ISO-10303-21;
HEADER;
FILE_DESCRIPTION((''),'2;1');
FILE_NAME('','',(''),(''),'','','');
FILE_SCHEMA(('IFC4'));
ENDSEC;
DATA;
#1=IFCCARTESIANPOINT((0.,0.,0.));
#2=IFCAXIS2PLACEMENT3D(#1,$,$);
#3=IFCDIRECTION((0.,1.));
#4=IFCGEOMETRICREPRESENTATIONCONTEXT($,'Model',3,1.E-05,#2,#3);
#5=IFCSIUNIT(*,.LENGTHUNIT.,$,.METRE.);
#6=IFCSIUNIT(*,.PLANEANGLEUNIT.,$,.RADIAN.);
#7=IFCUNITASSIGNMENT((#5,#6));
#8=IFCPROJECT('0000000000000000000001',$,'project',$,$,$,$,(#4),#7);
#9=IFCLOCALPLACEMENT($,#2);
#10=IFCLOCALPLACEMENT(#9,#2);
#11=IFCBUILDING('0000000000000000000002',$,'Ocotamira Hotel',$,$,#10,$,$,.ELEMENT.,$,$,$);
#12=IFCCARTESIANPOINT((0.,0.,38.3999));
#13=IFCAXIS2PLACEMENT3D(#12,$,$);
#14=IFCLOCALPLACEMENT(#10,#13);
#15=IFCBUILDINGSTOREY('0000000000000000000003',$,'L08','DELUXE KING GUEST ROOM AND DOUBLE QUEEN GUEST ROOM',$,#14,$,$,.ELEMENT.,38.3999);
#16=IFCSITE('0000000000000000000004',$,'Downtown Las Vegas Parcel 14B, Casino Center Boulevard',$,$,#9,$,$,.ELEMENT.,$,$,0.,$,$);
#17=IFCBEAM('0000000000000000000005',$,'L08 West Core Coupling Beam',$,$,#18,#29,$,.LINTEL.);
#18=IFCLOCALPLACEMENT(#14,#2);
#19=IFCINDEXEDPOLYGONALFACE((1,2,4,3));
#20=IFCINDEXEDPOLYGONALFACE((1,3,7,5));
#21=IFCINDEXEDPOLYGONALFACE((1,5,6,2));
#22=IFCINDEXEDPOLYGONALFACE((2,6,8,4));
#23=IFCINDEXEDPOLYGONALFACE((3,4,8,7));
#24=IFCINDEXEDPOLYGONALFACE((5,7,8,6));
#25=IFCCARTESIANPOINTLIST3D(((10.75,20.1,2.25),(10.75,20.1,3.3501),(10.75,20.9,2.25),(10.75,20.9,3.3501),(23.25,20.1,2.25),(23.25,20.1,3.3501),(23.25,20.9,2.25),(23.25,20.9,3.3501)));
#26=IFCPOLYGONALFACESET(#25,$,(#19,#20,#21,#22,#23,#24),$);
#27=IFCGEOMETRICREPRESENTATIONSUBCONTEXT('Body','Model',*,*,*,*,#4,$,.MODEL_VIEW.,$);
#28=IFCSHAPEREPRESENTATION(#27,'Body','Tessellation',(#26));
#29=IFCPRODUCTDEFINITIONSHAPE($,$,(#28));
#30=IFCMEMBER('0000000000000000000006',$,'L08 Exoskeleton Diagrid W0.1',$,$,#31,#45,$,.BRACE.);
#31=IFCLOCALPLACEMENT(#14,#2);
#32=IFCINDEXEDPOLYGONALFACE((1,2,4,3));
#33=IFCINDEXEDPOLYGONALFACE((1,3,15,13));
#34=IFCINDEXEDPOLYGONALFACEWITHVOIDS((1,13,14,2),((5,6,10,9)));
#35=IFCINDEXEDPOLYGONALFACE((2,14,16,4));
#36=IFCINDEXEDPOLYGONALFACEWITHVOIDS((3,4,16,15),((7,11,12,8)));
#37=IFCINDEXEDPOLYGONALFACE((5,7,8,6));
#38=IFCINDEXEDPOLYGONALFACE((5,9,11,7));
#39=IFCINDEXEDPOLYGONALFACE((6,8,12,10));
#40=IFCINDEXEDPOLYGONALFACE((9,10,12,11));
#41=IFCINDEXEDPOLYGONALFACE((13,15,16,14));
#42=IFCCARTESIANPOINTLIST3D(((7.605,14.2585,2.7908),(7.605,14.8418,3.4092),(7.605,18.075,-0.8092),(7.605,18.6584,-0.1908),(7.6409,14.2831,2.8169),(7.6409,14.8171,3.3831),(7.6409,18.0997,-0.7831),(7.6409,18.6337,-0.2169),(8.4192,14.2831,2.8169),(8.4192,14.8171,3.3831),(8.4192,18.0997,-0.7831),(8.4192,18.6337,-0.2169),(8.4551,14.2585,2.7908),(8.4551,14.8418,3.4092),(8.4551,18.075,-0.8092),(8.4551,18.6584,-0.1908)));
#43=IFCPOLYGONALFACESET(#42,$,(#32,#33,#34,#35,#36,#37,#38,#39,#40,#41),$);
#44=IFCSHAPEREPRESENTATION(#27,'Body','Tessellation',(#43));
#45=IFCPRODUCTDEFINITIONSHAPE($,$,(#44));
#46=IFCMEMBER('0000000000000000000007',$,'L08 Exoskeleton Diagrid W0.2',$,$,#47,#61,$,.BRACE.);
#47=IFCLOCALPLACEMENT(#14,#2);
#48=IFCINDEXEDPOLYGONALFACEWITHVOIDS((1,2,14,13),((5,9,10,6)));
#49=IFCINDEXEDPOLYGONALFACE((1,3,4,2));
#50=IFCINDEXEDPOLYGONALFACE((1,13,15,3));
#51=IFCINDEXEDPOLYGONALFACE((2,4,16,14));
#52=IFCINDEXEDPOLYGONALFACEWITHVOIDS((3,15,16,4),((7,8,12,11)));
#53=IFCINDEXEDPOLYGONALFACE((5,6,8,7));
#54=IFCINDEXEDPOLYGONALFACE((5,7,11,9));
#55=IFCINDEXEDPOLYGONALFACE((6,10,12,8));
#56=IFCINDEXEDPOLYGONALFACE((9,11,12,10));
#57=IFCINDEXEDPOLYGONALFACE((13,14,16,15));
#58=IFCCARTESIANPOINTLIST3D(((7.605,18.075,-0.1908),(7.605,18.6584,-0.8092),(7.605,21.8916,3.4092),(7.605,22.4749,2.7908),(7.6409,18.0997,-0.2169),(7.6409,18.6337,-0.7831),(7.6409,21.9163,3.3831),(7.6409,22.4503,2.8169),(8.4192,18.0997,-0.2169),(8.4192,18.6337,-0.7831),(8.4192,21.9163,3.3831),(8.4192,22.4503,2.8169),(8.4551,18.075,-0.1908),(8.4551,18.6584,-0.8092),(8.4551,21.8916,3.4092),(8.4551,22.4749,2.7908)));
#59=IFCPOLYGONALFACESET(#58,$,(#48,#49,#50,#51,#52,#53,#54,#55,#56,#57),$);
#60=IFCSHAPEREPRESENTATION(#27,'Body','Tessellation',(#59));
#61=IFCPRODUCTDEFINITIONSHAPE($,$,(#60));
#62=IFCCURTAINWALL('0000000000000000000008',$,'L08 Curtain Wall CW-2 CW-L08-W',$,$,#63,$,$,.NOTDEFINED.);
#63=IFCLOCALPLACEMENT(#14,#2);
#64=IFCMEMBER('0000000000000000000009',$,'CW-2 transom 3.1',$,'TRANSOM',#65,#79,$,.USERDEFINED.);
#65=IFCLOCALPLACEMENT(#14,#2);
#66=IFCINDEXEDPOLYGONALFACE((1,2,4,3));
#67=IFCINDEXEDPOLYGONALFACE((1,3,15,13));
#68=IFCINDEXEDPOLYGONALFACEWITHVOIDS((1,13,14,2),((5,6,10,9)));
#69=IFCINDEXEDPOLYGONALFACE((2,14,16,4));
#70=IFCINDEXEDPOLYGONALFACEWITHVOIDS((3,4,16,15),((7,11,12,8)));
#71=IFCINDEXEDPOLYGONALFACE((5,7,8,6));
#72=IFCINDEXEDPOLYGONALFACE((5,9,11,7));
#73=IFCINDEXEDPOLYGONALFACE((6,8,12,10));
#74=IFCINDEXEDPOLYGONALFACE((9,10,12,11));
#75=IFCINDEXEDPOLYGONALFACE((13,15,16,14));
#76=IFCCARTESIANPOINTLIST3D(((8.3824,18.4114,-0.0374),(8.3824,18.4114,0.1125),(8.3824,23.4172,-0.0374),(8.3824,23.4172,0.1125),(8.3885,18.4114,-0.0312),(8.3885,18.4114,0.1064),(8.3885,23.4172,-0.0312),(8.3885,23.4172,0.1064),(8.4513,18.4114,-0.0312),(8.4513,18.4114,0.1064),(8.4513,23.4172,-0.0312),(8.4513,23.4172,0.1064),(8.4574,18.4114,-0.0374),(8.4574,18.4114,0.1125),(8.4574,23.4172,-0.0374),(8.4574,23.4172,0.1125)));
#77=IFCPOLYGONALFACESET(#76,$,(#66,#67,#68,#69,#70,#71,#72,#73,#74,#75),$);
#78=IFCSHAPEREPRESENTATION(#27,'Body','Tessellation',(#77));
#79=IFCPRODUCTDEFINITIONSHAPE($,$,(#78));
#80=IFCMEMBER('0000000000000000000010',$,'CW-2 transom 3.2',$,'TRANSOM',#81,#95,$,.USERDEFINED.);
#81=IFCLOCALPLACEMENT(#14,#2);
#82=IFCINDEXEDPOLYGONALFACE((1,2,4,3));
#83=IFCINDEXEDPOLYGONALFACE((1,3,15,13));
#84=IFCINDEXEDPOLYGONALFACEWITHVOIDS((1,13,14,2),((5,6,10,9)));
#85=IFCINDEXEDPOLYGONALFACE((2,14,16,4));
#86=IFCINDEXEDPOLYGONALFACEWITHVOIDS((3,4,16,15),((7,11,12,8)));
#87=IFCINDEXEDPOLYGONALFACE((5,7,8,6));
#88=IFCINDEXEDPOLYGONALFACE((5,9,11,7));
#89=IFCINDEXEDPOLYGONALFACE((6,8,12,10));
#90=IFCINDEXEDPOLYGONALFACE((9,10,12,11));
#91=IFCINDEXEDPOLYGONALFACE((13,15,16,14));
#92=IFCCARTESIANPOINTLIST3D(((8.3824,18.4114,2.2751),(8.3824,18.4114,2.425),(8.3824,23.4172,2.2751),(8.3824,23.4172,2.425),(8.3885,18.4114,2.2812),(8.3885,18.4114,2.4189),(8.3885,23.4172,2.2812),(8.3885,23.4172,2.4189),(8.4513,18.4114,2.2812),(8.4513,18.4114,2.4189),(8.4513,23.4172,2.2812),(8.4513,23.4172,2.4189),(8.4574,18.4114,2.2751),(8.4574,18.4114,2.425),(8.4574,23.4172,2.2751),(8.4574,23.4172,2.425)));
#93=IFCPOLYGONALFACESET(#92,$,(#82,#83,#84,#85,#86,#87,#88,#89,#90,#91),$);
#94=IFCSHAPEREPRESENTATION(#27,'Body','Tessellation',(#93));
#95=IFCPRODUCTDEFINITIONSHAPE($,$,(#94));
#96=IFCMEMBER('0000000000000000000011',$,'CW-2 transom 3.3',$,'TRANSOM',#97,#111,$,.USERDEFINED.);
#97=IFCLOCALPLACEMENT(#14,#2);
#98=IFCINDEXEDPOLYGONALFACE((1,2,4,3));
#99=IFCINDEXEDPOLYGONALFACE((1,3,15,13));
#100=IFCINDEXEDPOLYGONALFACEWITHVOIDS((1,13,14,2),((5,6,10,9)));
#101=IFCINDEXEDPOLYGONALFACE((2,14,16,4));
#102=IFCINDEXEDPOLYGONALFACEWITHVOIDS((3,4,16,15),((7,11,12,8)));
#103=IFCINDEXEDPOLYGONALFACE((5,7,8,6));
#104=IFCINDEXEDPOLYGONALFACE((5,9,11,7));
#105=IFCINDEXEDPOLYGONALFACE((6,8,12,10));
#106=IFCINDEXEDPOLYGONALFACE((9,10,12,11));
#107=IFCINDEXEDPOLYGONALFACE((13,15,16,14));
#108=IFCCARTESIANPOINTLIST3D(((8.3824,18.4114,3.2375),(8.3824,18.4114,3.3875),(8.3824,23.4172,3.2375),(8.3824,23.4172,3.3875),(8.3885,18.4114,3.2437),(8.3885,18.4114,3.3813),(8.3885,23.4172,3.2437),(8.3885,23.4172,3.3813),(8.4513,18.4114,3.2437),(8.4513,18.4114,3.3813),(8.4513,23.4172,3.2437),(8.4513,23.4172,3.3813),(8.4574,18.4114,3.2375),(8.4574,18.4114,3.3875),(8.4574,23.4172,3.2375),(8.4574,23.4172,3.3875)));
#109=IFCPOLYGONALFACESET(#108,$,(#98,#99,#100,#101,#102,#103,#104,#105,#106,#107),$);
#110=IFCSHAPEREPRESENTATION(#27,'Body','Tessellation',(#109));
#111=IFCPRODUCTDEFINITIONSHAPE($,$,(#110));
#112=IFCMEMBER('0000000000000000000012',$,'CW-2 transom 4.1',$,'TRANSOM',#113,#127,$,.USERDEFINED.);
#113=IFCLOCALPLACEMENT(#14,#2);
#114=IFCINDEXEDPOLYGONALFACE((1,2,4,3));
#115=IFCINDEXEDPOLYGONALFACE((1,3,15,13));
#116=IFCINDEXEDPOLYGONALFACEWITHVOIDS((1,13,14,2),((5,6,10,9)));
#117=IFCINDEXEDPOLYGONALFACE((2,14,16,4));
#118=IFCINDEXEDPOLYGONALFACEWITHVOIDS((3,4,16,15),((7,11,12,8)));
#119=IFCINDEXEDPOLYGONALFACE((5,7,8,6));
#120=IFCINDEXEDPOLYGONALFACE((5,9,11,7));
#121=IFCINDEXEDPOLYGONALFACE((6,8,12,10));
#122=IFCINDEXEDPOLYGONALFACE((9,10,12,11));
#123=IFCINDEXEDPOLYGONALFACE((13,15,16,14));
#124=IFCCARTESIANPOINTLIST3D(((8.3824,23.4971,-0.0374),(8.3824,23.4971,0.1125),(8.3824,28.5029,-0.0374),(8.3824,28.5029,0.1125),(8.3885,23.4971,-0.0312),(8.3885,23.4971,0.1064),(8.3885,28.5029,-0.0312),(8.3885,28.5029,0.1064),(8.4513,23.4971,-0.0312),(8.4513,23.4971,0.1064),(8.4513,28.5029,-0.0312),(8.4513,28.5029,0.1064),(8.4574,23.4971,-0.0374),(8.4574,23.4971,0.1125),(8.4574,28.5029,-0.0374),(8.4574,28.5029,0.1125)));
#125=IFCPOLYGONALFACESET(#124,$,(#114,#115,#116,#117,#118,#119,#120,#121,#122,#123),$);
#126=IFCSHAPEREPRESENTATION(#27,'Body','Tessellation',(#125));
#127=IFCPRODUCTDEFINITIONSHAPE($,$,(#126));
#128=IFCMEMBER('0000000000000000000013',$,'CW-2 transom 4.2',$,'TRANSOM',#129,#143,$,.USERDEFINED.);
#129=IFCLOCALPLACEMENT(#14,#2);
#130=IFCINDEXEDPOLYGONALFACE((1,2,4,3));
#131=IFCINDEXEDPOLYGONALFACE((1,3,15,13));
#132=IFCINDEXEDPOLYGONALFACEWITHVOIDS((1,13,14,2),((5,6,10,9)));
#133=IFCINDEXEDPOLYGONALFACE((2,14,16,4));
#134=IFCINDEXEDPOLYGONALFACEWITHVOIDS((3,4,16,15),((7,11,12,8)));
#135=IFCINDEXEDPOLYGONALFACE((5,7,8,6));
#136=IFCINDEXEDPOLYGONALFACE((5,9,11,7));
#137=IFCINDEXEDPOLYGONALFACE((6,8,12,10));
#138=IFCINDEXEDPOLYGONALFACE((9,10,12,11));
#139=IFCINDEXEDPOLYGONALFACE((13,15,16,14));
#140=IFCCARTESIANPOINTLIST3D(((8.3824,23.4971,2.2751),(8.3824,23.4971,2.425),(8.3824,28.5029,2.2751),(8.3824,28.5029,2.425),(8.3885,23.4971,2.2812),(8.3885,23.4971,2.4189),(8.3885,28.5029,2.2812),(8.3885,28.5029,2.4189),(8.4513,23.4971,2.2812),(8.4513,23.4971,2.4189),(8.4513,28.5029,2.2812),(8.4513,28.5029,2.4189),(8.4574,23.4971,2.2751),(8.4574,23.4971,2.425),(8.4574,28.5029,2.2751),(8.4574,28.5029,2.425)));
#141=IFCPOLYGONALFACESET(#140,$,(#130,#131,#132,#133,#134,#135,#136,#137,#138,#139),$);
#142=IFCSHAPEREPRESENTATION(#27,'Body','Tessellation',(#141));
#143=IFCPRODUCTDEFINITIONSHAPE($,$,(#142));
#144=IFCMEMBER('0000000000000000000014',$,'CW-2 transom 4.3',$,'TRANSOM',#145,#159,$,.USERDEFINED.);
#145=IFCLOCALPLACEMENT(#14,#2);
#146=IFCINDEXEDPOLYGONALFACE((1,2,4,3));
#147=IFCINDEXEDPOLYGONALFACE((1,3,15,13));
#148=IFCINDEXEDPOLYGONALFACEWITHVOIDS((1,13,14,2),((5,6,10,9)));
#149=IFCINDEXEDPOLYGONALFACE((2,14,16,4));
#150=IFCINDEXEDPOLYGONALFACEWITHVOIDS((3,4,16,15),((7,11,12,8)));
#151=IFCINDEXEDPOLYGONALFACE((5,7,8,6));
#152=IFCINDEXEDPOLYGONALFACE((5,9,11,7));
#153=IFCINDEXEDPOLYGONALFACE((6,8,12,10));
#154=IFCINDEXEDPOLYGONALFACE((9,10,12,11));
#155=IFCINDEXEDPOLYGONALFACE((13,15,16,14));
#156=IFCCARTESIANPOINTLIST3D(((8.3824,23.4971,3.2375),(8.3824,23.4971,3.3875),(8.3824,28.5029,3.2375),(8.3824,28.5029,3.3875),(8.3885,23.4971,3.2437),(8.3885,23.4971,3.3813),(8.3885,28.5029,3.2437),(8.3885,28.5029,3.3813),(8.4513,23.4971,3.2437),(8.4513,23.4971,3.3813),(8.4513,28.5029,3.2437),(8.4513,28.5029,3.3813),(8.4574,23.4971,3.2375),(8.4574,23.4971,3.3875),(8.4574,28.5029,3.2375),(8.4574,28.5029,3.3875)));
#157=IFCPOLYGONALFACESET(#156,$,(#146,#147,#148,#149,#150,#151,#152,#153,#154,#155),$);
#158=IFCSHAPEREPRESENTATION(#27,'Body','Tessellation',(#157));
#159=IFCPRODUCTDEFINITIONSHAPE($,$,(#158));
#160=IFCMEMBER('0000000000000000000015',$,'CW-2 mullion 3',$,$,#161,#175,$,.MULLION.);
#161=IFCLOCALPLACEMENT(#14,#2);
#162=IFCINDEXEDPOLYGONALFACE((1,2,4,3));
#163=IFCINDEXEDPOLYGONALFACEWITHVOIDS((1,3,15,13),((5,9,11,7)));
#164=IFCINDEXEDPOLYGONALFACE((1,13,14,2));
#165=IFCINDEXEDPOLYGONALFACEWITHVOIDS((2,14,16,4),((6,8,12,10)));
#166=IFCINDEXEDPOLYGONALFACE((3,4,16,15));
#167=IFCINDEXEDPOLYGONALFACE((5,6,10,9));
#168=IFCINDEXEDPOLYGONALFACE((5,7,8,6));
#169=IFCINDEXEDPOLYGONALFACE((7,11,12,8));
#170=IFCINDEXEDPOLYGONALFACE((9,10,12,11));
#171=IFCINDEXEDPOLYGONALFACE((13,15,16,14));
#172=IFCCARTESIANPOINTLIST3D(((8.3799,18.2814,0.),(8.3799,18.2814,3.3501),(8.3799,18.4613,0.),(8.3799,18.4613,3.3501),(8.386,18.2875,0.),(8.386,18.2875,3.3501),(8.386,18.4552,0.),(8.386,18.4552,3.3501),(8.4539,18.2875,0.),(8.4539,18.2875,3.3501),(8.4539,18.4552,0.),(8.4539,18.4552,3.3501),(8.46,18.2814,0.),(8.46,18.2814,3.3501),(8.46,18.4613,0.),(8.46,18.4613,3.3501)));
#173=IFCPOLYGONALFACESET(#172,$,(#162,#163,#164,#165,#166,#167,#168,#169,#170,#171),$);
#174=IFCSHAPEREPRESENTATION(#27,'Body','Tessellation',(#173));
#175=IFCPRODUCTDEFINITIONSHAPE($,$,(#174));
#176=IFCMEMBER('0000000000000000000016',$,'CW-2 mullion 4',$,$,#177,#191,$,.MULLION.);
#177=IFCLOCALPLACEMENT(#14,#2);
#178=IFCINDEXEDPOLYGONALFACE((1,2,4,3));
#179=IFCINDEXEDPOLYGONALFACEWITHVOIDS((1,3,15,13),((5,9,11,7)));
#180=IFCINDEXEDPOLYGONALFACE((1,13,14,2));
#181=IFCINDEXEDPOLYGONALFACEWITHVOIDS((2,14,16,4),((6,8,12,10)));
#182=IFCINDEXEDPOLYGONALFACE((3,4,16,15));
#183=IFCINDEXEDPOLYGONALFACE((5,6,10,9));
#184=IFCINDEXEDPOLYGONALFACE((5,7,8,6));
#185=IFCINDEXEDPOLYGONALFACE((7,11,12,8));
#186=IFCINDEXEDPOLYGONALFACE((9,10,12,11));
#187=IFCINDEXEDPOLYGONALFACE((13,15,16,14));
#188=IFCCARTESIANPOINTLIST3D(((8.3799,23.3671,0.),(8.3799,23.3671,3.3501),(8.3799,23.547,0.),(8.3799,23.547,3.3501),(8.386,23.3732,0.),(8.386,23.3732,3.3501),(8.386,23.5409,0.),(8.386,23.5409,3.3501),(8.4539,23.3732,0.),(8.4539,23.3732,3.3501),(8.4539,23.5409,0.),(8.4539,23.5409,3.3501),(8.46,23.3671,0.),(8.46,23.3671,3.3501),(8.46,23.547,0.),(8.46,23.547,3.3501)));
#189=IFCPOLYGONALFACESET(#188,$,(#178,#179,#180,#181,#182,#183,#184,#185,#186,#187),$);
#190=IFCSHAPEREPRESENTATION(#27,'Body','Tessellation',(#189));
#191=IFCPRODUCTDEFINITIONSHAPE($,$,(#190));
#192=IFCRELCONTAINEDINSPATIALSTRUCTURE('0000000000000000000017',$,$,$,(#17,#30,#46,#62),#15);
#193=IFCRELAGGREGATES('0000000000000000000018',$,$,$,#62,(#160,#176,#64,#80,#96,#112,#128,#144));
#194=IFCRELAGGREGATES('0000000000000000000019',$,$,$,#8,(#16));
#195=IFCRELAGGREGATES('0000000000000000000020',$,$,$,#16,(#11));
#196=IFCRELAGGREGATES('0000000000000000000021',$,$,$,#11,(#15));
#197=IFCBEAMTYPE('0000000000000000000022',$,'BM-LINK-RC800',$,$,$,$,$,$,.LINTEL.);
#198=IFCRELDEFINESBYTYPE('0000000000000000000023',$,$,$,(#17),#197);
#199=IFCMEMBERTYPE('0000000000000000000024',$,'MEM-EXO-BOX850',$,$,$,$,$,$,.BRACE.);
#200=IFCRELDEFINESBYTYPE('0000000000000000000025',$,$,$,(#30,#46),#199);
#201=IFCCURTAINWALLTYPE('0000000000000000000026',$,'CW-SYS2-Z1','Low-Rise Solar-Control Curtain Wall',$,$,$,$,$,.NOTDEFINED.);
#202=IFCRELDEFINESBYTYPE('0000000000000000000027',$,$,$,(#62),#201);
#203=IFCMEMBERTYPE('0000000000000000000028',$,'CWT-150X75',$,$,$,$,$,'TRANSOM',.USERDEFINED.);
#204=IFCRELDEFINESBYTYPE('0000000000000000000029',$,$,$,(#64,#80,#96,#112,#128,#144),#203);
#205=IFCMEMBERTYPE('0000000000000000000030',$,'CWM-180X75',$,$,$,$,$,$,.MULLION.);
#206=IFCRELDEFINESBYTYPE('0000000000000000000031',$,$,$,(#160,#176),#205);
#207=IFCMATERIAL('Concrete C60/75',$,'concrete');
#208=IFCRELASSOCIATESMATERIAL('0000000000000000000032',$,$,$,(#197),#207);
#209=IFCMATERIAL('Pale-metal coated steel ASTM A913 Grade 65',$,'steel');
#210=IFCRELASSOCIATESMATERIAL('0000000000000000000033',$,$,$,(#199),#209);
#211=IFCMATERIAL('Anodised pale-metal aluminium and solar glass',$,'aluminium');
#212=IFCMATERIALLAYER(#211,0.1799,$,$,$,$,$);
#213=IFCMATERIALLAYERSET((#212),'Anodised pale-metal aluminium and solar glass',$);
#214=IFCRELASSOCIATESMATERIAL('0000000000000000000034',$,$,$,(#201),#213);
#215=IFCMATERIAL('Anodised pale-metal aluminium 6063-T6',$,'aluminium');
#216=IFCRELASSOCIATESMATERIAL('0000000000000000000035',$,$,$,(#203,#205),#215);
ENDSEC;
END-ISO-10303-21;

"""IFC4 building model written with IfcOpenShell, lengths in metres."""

from ifc_helpers import new_model, si_unit, direction, frame, origin, origin_2d, place, context, subcontext, project, spatial, rectangle, hollow_rectangle, extrude, source, transform, mapped, material, layer, layer_set, material_profile, profile_set, type_object, element, aggregate, save


model = new_model("IFC4")

# Units and contexts
model_context = context("Model", 3, precision=1e-05, world=origin(), true_north=direction((0.0, 1.0)))
body_context = subcontext(model_context, "Body", "Model", "MODEL_VIEW")
ifc_project = project(units=[si_unit("LENGTHUNIT", "METRE"), si_unit("PLANEANGLEUNIT", "RADIAN")], contexts=[model_context])

# Site, building, storey
site_placement = place(None, origin())
site = spatial("IfcSite", under=ifc_project, at=site_placement, Name="Downtown Las Vegas Parcel 14B, Casino Center Boulevard", CompositionType="ELEMENT", RefElevation=0.0)
building_placement = place(site_placement, origin())
building = spatial("IfcBuilding", under=site, at=building_placement, Name="Ocotamira Hotel", CompositionType="ELEMENT")
storey_placement = place(building_placement, frame((0.0, 0.0, 38.3999)))
storey = spatial("IfcBuildingStorey", under=building, at=storey_placement, Name="L08", Description="DELUXE KING GUEST ROOM AND DOUBLE QUEEN GUEST ROOM", CompositionType="ELEMENT", Elevation=38.3999)

# Beam
ifc_material_1 = material(Name="Concrete C60/75", Category="concrete")
ifc_material_profile_1 = material_profile(ifc_material_1, rectangle(XDim=0.8, YDim=1.1001, at=origin_2d()), Name="RC800X1100")
ifc_profile_set_1 = profile_set([ifc_material_profile_1], Name="Concrete C60/75")
beam_type = type_object("IfcBeamType", Name="BM-LINK-RC800", PredefinedType="LINTEL", material=ifc_profile_set_1)
shared_shape_1 = source(origin(), body_context, "Body", "SweptSolid", [
    extrude(rectangle(XDim=0.8, YDim=1.1001, at=origin_2d()), origin(), (0.0, 0.0, 1.0), 12.5),
])
beam_placement = place(storey_placement, frame((10.75, 20.5, 2.8), z_axis=(1.0, 0.0, 0.0), x_axis=(0.0, 1.0, 0.0)))
element("IfcBeam", 1, at=beam_placement, inside=storey, type_object=beam_type, Name="L08 West Core Coupling Beam", PredefinedType="LINTEL", context=body_context, shape_type="MappedRepresentation", body=[
    mapped(shared_shape_1, transform((0.0, 0.0, 0.0), scale=1.0)),
])

# Members
ifc_material_2 = material(Name="Pale-metal coated steel ASTM A913 Grade 65", Category="steel")
ifc_material_profile_2 = material_profile(ifc_material_2, hollow_rectangle(XDim=0.8501, YDim=0.8501, WallThickness=0.0359, at=origin_2d()), Name="BOX850X850X36")
ifc_profile_set_2 = profile_set([ifc_material_profile_2], Name="Pale-metal coated steel ASTM A913 Grade 65")
member_type_1 = type_object("IfcMemberType", Name="MEM-EXO-BOX850", PredefinedType="BRACE", material=ifc_profile_set_2)
shared_shape_2 = source(origin(), body_context, "Body", "SweptSolid", [
    extrude(hollow_rectangle(XDim=0.8501, YDim=0.8501, WallThickness=0.0359, at=origin_2d()), origin(), (0.0, 0.0, 1.0), 5.2466),
])
for number, where, z_axis, x_axis, name in (
    (2, (8.03, 18.3667, -0.5), (0.0, -0.727443, 0.686168), (1.0, 0.0, 0.0), "L08 Exoskeleton Diagrid W0.1"),
    (3, (8.03, 18.3667, -0.5), (0.0, 0.727443, 0.686168), (-1.0, 0.0, 0.0), "L08 Exoskeleton Diagrid W0.2"),
):
    element("IfcMember", number, at=place(storey_placement, frame(where, z_axis=z_axis, x_axis=x_axis)), inside=storey, type_object=member_type_1, Name=name, PredefinedType="BRACE", context=body_context, shape_type="MappedRepresentation", body=[
        mapped(shared_shape_2, transform((0.0, 0.0, 0.0), scale=1.0)),
    ])

# Curtain wall, members
ifc_material_3 = material(Name="Anodised pale-metal aluminium and solar glass", Category="aluminium")
ifc_layer_1 = layer(ifc_material_3, 0.1799)
ifc_layer_set_1 = layer_set([ifc_layer_1], Name="Anodised pale-metal aluminium and solar glass")
curtain_wall_type = type_object("IfcCurtainWallType", Name="CW-SYS2-Z1", Description="Low-Rise Solar-Control Curtain Wall", PredefinedType="NOTDEFINED", material=ifc_layer_set_1)
curtain_wall_placement = place(storey_placement, origin())
curtain_wall = element("IfcCurtainWall", 4, at=curtain_wall_placement, inside=storey, type_object=curtain_wall_type, Name="L08 Curtain Wall CW-2 CW-L08-W", PredefinedType="NOTDEFINED")
ifc_material_4 = material(Name="Anodised pale-metal aluminium 6063-T6", Category="aluminium")
ifc_material_profile_3 = material_profile(ifc_material_4, hollow_rectangle(XDim=0.075, YDim=0.1499, WallThickness=0.0061, at=origin_2d()), Name="HSS150X75X6")
ifc_profile_set_3 = profile_set([ifc_material_profile_3], Name="Anodised pale-metal aluminium 6063-T6")
member_type_2 = type_object("IfcMemberType", Name="CWT-150X75", ElementType="TRANSOM", PredefinedType="USERDEFINED", material=ifc_profile_set_3)
shared_shape_3 = source(origin(), body_context, "Body", "SweptSolid", [
    extrude(hollow_rectangle(XDim=0.075, YDim=0.1499, WallThickness=0.0061, at=origin_2d()), origin(), (0.0, 0.0, 1.0), 5.0059),
])
member_1_placement = place(storey_placement, frame((8.4199, 18.4114, 0.0376), z_axis=(0.0, 1.0, 0.0), x_axis=(-1.0, 0.0, 0.0)))
member_1 = element("IfcMember", 5, at=member_1_placement, type_object=member_type_2, Name="CW-2 transom 3.1", ObjectType="TRANSOM", PredefinedType="USERDEFINED", context=body_context, shape_type="MappedRepresentation", body=[
    mapped(shared_shape_3, transform((0.0, 0.0, 0.0), scale=1.0)),
])
member_2_placement = place(storey_placement, frame((8.4199, 18.4114, 2.3501), z_axis=(0.0, 1.0, 0.0), x_axis=(-1.0, 0.0, 0.0)))
member_2 = element("IfcMember", 6, at=member_2_placement, type_object=member_type_2, Name="CW-2 transom 3.2", ObjectType="TRANSOM", PredefinedType="USERDEFINED", context=body_context, shape_type="MappedRepresentation", body=[
    mapped(shared_shape_3, transform((0.0, 0.0, 0.0), scale=1.0)),
])
member_3_placement = place(storey_placement, frame((8.4199, 18.4114, 3.3125), z_axis=(0.0, 1.0, 0.0), x_axis=(-1.0, 0.0, 0.0)))
member_3 = element("IfcMember", 7, at=member_3_placement, type_object=member_type_2, Name="CW-2 transom 3.3", ObjectType="TRANSOM", PredefinedType="USERDEFINED", context=body_context, shape_type="MappedRepresentation", body=[
    mapped(shared_shape_3, transform((0.0, 0.0, 0.0), scale=1.0)),
])
member_4_placement = place(storey_placement, frame((8.4199, 23.4971, 0.0376), z_axis=(0.0, 1.0, 0.0), x_axis=(-1.0, 0.0, 0.0)))
member_4 = element("IfcMember", 8, at=member_4_placement, type_object=member_type_2, Name="CW-2 transom 4.1", ObjectType="TRANSOM", PredefinedType="USERDEFINED", context=body_context, shape_type="MappedRepresentation", body=[
    mapped(shared_shape_3, transform((0.0, 0.0, 0.0), scale=1.0)),
])
member_5_placement = place(storey_placement, frame((8.4199, 23.4971, 2.3501), z_axis=(0.0, 1.0, 0.0), x_axis=(-1.0, 0.0, 0.0)))
member_5 = element("IfcMember", 9, at=member_5_placement, type_object=member_type_2, Name="CW-2 transom 4.2", ObjectType="TRANSOM", PredefinedType="USERDEFINED", context=body_context, shape_type="MappedRepresentation", body=[
    mapped(shared_shape_3, transform((0.0, 0.0, 0.0), scale=1.0)),
])
member_6_placement = place(storey_placement, frame((8.4199, 23.4971, 3.3125), z_axis=(0.0, 1.0, 0.0), x_axis=(-1.0, 0.0, 0.0)))
member_6 = element("IfcMember", 10, at=member_6_placement, type_object=member_type_2, Name="CW-2 transom 4.3", ObjectType="TRANSOM", PredefinedType="USERDEFINED", context=body_context, shape_type="MappedRepresentation", body=[
    mapped(shared_shape_3, transform((0.0, 0.0, 0.0), scale=1.0)),
])
ifc_material_profile_4 = material_profile(ifc_material_4, hollow_rectangle(XDim=0.0801, YDim=0.1799, WallThickness=0.0061, at=origin_2d()), Name="HSS180X80X6")
ifc_profile_set_4 = profile_set([ifc_material_profile_4], Name="Anodised pale-metal aluminium 6063-T6")
member_type_3 = type_object("IfcMemberType", Name="CWM-180X75", PredefinedType="MULLION", material=ifc_profile_set_4)
shared_shape_4 = source(origin(), body_context, "Body", "SweptSolid", [
    extrude(hollow_rectangle(XDim=0.0801, YDim=0.1799, WallThickness=0.0061, at=origin_2d()), origin(), (0.0, 0.0, 1.0), 3.3501),
])
member_7_placement = place(storey_placement, frame((8.4199, 18.3713, 0.0), z_axis=(0.0, 0.0, 1.0), x_axis=(-1.0, 0.0, 0.0)))
member_7 = element("IfcMember", 11, at=member_7_placement, type_object=member_type_3, Name="CW-2 mullion 3", PredefinedType="MULLION", context=body_context, shape_type="MappedRepresentation", body=[
    mapped(shared_shape_4, transform((0.0, 0.0, 0.0), scale=1.0)),
])
member_8_placement = place(storey_placement, frame((8.4199, 23.457, 0.0), z_axis=(0.0, 0.0, 1.0), x_axis=(-1.0, 0.0, 0.0)))
member_8 = element("IfcMember", 12, at=member_8_placement, type_object=member_type_3, Name="CW-2 mullion 4", PredefinedType="MULLION", context=body_context, shape_type="MappedRepresentation", body=[
    mapped(shared_shape_4, transform((0.0, 0.0, 0.0), scale=1.0)),
])

aggregate(curtain_wall, [member_7, member_8, member_1, member_2, member_3, member_4, member_5, member_6])

save(model, "model.ifc")
